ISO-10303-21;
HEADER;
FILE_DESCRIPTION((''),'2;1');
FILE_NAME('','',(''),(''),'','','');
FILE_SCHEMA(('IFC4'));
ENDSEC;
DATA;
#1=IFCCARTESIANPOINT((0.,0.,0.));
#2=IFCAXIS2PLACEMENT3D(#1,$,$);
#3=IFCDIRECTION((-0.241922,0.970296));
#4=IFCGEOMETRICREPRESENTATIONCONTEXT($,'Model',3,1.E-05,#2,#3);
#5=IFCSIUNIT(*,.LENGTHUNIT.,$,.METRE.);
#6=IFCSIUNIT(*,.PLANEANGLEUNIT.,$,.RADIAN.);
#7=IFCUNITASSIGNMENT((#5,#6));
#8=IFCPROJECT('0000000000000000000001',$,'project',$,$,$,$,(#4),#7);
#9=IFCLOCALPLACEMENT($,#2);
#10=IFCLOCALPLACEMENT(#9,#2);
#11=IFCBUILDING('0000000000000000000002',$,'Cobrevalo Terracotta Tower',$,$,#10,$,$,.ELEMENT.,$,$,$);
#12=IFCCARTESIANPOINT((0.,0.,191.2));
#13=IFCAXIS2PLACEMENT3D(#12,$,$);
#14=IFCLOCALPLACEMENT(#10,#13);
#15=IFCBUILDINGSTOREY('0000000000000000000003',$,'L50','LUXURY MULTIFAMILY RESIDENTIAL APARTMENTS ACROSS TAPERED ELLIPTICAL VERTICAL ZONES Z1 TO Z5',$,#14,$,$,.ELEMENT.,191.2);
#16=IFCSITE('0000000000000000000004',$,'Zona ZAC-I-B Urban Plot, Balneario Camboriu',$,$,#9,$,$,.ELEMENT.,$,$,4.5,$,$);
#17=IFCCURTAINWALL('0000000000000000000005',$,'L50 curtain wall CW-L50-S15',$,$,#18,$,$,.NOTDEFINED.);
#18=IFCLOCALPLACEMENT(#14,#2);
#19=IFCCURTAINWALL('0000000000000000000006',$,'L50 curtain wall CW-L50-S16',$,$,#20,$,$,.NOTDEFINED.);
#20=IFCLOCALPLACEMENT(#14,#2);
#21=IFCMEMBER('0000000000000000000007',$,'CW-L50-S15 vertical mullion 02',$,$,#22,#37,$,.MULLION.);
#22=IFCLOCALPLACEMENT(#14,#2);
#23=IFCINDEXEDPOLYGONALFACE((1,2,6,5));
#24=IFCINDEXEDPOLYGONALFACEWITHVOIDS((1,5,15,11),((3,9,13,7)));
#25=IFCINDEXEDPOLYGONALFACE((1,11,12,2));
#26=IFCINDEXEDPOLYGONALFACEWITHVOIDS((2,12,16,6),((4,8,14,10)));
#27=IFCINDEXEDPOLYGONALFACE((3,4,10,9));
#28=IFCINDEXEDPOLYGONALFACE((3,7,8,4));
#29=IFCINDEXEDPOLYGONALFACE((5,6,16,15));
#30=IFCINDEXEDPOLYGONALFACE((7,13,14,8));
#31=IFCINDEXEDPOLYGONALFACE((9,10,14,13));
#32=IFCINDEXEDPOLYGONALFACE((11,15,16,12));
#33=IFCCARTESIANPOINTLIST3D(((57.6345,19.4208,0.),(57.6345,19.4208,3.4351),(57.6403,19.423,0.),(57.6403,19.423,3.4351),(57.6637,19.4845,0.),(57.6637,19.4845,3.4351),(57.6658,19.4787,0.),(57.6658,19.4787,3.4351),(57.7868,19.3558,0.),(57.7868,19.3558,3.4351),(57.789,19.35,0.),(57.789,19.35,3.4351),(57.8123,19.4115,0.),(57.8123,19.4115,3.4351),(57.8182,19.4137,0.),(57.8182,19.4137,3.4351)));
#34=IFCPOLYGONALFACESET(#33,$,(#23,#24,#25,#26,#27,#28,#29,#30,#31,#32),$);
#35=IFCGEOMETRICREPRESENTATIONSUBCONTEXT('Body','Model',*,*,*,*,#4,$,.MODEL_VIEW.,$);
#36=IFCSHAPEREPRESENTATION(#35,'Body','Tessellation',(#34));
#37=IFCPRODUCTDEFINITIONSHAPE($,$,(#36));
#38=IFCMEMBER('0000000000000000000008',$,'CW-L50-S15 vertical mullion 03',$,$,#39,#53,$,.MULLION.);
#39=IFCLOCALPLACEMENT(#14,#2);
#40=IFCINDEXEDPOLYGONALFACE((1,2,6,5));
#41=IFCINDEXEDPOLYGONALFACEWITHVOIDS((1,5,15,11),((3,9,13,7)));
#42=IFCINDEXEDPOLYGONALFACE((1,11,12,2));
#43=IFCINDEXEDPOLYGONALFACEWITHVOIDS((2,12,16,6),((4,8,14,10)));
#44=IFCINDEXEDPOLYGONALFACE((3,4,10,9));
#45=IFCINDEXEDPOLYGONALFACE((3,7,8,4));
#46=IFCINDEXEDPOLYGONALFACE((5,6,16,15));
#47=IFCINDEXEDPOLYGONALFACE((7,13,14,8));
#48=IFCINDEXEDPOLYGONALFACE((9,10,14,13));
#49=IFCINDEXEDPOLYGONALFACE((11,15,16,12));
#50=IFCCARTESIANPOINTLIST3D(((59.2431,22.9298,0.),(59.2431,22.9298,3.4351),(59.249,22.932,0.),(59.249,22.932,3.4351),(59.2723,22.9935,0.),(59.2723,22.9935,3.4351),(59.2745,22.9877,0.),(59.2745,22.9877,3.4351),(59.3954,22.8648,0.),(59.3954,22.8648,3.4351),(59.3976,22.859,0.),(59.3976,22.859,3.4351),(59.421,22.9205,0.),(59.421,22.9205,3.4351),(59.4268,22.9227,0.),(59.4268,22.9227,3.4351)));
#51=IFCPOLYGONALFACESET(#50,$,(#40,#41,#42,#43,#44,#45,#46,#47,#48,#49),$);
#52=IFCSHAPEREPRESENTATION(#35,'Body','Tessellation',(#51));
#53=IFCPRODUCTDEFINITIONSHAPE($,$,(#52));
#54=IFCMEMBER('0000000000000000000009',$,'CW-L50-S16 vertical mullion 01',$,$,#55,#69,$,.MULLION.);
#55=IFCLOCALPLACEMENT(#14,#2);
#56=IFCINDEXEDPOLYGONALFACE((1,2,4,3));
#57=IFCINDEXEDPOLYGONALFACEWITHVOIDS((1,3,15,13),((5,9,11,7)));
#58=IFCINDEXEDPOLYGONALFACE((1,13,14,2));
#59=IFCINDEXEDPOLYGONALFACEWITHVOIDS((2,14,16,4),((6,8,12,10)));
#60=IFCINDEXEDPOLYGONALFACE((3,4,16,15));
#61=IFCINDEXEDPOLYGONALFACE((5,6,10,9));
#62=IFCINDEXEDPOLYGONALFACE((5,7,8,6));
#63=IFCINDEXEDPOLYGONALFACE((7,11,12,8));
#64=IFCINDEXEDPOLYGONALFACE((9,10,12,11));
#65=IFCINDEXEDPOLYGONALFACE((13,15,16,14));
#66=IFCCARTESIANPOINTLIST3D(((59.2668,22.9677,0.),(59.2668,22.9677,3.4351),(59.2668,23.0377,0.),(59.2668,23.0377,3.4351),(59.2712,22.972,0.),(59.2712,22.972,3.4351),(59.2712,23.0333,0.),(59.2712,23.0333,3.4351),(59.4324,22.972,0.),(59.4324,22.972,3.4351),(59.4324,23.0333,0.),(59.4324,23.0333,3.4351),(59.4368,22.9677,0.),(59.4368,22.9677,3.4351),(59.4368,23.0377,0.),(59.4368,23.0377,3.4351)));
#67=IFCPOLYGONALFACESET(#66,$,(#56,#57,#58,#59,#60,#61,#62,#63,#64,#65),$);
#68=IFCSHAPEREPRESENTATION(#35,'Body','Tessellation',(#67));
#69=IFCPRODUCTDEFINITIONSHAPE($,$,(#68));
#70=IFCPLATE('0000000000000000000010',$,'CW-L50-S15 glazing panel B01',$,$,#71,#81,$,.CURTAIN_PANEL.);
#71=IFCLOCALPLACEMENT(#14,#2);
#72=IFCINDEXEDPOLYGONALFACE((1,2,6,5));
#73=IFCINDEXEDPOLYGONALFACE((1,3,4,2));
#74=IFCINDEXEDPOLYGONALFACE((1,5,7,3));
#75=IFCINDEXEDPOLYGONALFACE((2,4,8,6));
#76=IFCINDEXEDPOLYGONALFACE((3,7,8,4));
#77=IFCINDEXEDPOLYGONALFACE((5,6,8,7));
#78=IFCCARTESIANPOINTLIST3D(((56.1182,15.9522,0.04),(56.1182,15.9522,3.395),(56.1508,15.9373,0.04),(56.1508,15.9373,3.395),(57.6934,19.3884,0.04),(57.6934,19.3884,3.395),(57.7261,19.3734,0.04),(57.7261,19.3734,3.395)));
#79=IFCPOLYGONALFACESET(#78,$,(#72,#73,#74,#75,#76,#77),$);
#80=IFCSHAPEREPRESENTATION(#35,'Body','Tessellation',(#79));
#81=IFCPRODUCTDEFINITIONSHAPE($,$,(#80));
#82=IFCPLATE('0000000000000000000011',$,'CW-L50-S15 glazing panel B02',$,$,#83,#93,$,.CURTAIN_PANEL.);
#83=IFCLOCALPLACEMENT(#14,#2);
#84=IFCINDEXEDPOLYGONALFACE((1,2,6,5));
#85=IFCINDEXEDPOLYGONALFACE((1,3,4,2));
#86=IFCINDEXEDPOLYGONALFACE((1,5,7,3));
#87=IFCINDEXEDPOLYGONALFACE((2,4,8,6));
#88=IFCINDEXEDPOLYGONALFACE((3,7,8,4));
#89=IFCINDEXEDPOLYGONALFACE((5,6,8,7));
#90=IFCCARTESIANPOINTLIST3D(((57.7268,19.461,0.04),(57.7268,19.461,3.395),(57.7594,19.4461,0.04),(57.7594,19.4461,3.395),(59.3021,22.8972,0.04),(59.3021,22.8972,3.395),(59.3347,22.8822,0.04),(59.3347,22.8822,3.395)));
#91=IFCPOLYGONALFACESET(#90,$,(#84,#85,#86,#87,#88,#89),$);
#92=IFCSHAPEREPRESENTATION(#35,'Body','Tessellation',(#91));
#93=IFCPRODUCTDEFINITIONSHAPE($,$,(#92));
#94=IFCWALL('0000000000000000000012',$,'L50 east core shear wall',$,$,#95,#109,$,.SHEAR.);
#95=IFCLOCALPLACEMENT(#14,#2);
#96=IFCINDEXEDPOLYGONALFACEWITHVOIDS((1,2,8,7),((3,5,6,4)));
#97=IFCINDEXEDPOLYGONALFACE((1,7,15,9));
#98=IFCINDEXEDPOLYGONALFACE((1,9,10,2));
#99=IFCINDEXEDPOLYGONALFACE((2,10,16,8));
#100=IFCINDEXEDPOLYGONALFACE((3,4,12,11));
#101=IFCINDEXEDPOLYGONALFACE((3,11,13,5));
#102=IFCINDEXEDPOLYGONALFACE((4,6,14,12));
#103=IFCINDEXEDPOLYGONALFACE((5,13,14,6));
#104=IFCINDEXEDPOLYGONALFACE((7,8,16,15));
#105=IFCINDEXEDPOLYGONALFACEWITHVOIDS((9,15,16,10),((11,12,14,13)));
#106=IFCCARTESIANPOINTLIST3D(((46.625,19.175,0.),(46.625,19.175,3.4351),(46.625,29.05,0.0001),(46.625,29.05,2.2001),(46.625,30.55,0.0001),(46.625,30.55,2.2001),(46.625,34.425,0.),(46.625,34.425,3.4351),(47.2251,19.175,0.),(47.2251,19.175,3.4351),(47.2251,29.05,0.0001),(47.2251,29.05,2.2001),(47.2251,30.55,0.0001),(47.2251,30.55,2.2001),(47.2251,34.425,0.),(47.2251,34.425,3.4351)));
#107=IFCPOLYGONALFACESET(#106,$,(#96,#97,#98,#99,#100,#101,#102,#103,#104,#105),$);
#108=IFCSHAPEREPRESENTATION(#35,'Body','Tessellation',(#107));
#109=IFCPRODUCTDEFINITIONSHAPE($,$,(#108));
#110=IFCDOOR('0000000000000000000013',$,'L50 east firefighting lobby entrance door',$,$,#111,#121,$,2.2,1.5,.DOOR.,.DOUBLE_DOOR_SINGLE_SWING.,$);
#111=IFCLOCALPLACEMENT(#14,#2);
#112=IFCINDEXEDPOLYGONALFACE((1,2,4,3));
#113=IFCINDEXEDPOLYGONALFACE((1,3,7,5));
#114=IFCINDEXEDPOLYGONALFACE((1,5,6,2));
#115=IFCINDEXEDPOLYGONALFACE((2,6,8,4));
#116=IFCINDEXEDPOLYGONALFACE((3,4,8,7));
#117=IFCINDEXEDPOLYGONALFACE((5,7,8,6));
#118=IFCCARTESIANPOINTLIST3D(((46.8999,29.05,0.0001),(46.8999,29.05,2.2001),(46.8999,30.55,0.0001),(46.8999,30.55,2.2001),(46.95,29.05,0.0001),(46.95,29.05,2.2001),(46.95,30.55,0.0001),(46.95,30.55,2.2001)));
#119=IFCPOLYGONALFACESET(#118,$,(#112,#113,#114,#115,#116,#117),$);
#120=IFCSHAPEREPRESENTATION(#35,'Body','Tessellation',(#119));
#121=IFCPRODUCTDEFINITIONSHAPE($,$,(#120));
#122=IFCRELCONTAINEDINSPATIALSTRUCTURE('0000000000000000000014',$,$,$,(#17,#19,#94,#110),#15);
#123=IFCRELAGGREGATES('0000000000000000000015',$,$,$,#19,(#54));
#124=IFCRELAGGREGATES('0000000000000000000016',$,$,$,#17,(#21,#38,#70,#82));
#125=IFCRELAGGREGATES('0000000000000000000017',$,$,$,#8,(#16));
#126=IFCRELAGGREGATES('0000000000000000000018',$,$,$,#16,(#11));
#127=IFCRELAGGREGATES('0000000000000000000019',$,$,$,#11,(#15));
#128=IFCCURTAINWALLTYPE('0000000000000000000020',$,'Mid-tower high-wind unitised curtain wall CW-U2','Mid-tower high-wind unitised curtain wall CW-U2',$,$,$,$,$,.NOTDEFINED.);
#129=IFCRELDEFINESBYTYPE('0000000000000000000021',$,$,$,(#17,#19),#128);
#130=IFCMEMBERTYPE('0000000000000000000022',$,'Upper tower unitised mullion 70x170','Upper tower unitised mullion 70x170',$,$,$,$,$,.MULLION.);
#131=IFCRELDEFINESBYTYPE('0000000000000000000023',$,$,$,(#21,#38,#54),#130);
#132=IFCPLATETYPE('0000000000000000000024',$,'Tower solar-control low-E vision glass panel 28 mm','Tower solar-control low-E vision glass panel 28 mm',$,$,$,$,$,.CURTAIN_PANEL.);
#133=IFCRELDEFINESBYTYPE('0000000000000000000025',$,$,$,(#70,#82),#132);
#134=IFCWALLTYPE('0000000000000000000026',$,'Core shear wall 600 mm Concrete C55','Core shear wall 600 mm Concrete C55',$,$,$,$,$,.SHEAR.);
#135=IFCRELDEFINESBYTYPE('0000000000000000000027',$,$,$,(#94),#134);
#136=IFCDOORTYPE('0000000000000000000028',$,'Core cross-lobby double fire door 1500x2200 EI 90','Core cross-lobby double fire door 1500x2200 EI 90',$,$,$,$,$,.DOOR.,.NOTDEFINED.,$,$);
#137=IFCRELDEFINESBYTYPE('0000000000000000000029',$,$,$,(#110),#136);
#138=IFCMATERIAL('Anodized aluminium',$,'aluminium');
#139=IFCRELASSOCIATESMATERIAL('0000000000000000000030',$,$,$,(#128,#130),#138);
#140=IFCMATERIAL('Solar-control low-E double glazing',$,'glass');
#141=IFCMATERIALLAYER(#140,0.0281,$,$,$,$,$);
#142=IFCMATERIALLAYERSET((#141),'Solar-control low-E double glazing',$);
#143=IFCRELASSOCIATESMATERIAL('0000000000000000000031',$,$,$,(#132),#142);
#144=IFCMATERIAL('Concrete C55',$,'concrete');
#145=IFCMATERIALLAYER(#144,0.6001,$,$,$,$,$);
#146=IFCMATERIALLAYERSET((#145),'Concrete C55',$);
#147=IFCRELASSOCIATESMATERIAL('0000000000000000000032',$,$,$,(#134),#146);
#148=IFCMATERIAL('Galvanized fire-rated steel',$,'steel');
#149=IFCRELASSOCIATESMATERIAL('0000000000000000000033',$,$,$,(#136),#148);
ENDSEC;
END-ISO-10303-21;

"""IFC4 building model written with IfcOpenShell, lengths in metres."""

from ifc_helpers import new_model, si_unit, direction, frame, frame_2d, origin, origin_2d, place, context, subcontext, project, spatial, rectangle, hollow_rectangle, extrude, source, transform, mapped, material, layer, layer_set, material_profile, profile_set, type_object, element, fill, aggregate, save


model = new_model("IFC4")

# Units and contexts
model_context = context("Model", 3, precision=1e-05, world=origin(), true_north=direction((-0.241922, 0.970296)))
body_context = subcontext(model_context, "Body", "Model", "MODEL_VIEW")
ifc_project = project(units=[si_unit("LENGTHUNIT", "METRE"), si_unit("PLANEANGLEUNIT", "RADIAN")], contexts=[model_context])

# Site, building, storey
site_placement = place(None, origin())
site = spatial("IfcSite", under=ifc_project, at=site_placement, Name="Zona ZAC-I-B Urban Plot, Balneario Camboriu", CompositionType="ELEMENT", RefElevation=4.5)
building_placement = place(site_placement, origin())
building = spatial("IfcBuilding", under=site, at=building_placement, Name="Cobrevalo Terracotta Tower", CompositionType="ELEMENT")
storey_placement = place(building_placement, frame((0.0, 0.0, 191.2)))
storey = spatial("IfcBuildingStorey", under=building, at=storey_placement, Name="L50", Description="LUXURY MULTIFAMILY RESIDENTIAL APARTMENTS ACROSS TAPERED ELLIPTICAL VERTICAL ZONES Z1 TO Z5", CompositionType="ELEMENT", Elevation=191.2)

# Shared definitions
ifc_material_1 = material(Name="Concrete C55", Category="concrete")

# Curtain walls
ifc_material_2 = material(Name="Anodized aluminium", Category="aluminium")
curtain_wall_type = type_object("IfcCurtainWallType", Name="Mid-tower high-wind unitised curtain wall CW-U2", Description="Mid-tower high-wind unitised curtain wall CW-U2", PredefinedType="NOTDEFINED", material=ifc_material_2)
curtain_wall_1_placement = place(storey_placement, origin())
curtain_wall_1 = element("IfcCurtainWall", 1, at=curtain_wall_1_placement, inside=storey, type_object=curtain_wall_type, Name="L50 curtain wall CW-L50-S15", PredefinedType="NOTDEFINED")
curtain_wall_2_placement = place(storey_placement, origin())
curtain_wall_2 = element("IfcCurtainWall", 2, at=curtain_wall_2_placement, inside=storey, type_object=curtain_wall_type, Name="L50 curtain wall CW-L50-S16", PredefinedType="NOTDEFINED")

# Members
ifc_material_profile_1 = material_profile(ifc_material_2, hollow_rectangle(XDim=0.0701, YDim=0.1699, WallThickness=0.0044, at=origin_2d()), Name="CWM 70x170")
ifc_profile_set_1 = profile_set([ifc_material_profile_1], Name="Anodized aluminium")
member_type_1 = type_object("IfcMemberType", Name="Upper tower unitised mullion 70x170", Description="Upper tower unitised mullion 70x170", PredefinedType="MULLION", material=ifc_profile_set_1)
shared_shape_1 = source(origin(), body_context, "Body", "SweptSolid", [
    extrude(hollow_rectangle(XDim=0.0701, YDim=0.1699, WallThickness=0.0044, at=origin_2d()), origin(), (0.0, 0.0, 1.0), 3.4351),
])
member_1_placement = place(storey_placement, frame((57.7263, 19.4172, 0.0), z_axis=(0.0, 0.0, 1.0), x_axis=(0.416725, 0.909033, 0.0)))
member_1 = element("IfcMember", 3, at=member_1_placement, type_object=member_type_1, Name="CW-L50-S15 vertical mullion 02", PredefinedType="MULLION", context=body_context, shape_type="MappedRepresentation", body=[
    mapped(shared_shape_1, transform((0.0, 0.0, 0.0), scale=1.0)),
])
member_2_placement = place(storey_placement, frame((59.335, 22.9263, 0.0), z_axis=(0.0, 0.0, 1.0), x_axis=(0.416725, 0.909033, 0.0)))
member_2 = element("IfcMember", 4, at=member_2_placement, type_object=member_type_1, Name="CW-L50-S15 vertical mullion 03", PredefinedType="MULLION", context=body_context, shape_type="MappedRepresentation", body=[
    mapped(shared_shape_1, transform((0.0, 0.0, 0.0), scale=1.0)),
])
member_3_placement = place(storey_placement, frame((59.3518, 23.0027, 0.0), z_axis=(0.0, 0.0, 1.0), x_axis=(0.0, 1.0, 0.0)))
member_3 = element("IfcMember", 5, at=member_3_placement, type_object=member_type_1, Name="CW-L50-S16 vertical mullion 01", PredefinedType="MULLION", context=body_context, shape_type="MappedRepresentation", body=[
    mapped(shared_shape_1, transform((0.0, 0.0, 0.0), scale=1.0)),
])
aggregate(curtain_wall_2, [member_3])

# Plates
ifc_material_3 = material(Name="Solar-control low-E double glazing", Category="glass")
ifc_layer_1 = layer(ifc_material_3, 0.0281)
ifc_layer_set_1 = layer_set([ifc_layer_1], Name="Solar-control low-E double glazing")
plate_type = type_object("IfcPlateType", Name="Tower solar-control low-E vision glass panel 28 mm", Description="Tower solar-control low-E vision glass panel 28 mm", PredefinedType="CURTAIN_PANEL", material=ifc_layer_set_1)
shared_shape_2 = source(origin(), body_context, "Body", "SweptSolid", [
    extrude(rectangle(XDim=3.78, YDim=0.0359, at=origin_2d()), origin(), (0.0, 0.0, 1.0), 3.355),
])
plate_1_placement = place(storey_placement, frame((56.9221, 17.6628, 0.04), z_axis=(0.0, 0.0, 1.0), x_axis=(0.416731, 0.90903, 0.0)))
plate_1 = element("IfcPlate", 6, at=plate_1_placement, type_object=plate_type, Name="CW-L50-S15 glazing panel B01", PredefinedType="CURTAIN_PANEL", context=body_context, shape_type="MappedRepresentation", body=[
    mapped(shared_shape_2, transform((0.0, 0.0, 0.0), scale=1.0)),
])
plate_2_placement = place(storey_placement, frame((58.5308, 21.1716, 0.04), z_axis=(0.0, 0.0, 1.0), x_axis=(0.416731, 0.90903, 0.0)))
plate_2 = element("IfcPlate", 7, at=plate_2_placement, type_object=plate_type, Name="CW-L50-S15 glazing panel B02", PredefinedType="CURTAIN_PANEL", context=body_context, shape_type="MappedRepresentation", body=[
    mapped(shared_shape_2, transform((0.0, 0.0, 0.0), scale=1.0)),
])
aggregate(curtain_wall_1, [member_1, member_2, plate_1, plate_2])

# Wall, opening, door
ifc_layer_2 = layer(ifc_material_1, 0.6001)
ifc_layer_set_2 = layer_set([ifc_layer_2], Name="Concrete C55")
wall_type_1 = type_object("IfcWallType", Name="Core shear wall 600 mm Concrete C55", Description="Core shear wall 600 mm Concrete C55", PredefinedType="SHEAR", material=ifc_layer_set_2)
wall_1_placement = place(storey_placement, frame((46.925, 19.175, 0.0), z_axis=(0.0, 0.0, 1.0), x_axis=(0.0, 1.0, 0.0)))
wall_1 = element("IfcWall", 8, at=wall_1_placement, inside=storey, type_object=wall_type_1, Name="L50 east core shear wall", PredefinedType="SHEAR", context=body_context, shape_type="SweptSolid", body=[
    extrude(rectangle(XDim=15.25, YDim=0.6001, at=frame_2d((7.625, 0.0))), origin(), (0.0, 0.0, 1.0), 3.4351),
])
opening_1_placement = place(wall_1_placement, frame((9.875, 0.0, 0.0)))
opening_1 = element("IfcOpeningElement", 9, at=opening_1_placement, cuts=wall_1, PredefinedType="OPENING", context=body_context, shape_type="SweptSolid", body=[
    extrude(rectangle(XDim=1.5, YDim=2.2, at=frame_2d((0.75, 1.1001))), frame((0.0, 0.3101, 0.0), z_axis=(0.0, -1.0, 0.0), x_axis=(1.0, 0.0, 0.0)), (0.0, 0.0, 1.0), 0.6201),
])
ifc_material_4 = material(Name="Galvanized fire-rated steel", Category="steel")
door_type_1 = type_object("IfcDoorType", Name="Core cross-lobby double fire door 1500x2200 EI 90", Description="Core cross-lobby double fire door 1500x2200 EI 90", OperationType="NOTDEFINED", PredefinedType="DOOR", material=ifc_material_4)
shared_shape_3 = source(origin(), body_context, "Body", "SweptSolid", [
    extrude(rectangle(XDim=1.5, YDim=2.2, at=frame_2d((0.75, 1.1001))), frame((0.0, 0.0249, 0.0), z_axis=(0.0, -1.0, 0.0), x_axis=(1.0, 0.0, 0.0)), (0.0, 0.0, 1.0), 0.05),
])
door_1_placement = place(opening_1_placement, frame((1.5, 0.0, 0.0), z_axis=(0.0, 0.0, 1.0), x_axis=(-1.0, 0.0, 0.0)))
door_1 = element("IfcDoor", 10, at=door_1_placement, inside=storey, type_object=door_type_1, Name="L50 east firefighting lobby entrance door", OperationType="DOUBLE_DOOR_SINGLE_SWING", OverallHeight=2.2, OverallWidth=1.5, PredefinedType="DOOR", context=body_context, shape_type="MappedRepresentation", body=[
    mapped(shared_shape_3, transform((0.0, 0.0, 0.0), scale=1.0)),
])
fill(opening_1, door_1)

save(model, "model.ifc")
